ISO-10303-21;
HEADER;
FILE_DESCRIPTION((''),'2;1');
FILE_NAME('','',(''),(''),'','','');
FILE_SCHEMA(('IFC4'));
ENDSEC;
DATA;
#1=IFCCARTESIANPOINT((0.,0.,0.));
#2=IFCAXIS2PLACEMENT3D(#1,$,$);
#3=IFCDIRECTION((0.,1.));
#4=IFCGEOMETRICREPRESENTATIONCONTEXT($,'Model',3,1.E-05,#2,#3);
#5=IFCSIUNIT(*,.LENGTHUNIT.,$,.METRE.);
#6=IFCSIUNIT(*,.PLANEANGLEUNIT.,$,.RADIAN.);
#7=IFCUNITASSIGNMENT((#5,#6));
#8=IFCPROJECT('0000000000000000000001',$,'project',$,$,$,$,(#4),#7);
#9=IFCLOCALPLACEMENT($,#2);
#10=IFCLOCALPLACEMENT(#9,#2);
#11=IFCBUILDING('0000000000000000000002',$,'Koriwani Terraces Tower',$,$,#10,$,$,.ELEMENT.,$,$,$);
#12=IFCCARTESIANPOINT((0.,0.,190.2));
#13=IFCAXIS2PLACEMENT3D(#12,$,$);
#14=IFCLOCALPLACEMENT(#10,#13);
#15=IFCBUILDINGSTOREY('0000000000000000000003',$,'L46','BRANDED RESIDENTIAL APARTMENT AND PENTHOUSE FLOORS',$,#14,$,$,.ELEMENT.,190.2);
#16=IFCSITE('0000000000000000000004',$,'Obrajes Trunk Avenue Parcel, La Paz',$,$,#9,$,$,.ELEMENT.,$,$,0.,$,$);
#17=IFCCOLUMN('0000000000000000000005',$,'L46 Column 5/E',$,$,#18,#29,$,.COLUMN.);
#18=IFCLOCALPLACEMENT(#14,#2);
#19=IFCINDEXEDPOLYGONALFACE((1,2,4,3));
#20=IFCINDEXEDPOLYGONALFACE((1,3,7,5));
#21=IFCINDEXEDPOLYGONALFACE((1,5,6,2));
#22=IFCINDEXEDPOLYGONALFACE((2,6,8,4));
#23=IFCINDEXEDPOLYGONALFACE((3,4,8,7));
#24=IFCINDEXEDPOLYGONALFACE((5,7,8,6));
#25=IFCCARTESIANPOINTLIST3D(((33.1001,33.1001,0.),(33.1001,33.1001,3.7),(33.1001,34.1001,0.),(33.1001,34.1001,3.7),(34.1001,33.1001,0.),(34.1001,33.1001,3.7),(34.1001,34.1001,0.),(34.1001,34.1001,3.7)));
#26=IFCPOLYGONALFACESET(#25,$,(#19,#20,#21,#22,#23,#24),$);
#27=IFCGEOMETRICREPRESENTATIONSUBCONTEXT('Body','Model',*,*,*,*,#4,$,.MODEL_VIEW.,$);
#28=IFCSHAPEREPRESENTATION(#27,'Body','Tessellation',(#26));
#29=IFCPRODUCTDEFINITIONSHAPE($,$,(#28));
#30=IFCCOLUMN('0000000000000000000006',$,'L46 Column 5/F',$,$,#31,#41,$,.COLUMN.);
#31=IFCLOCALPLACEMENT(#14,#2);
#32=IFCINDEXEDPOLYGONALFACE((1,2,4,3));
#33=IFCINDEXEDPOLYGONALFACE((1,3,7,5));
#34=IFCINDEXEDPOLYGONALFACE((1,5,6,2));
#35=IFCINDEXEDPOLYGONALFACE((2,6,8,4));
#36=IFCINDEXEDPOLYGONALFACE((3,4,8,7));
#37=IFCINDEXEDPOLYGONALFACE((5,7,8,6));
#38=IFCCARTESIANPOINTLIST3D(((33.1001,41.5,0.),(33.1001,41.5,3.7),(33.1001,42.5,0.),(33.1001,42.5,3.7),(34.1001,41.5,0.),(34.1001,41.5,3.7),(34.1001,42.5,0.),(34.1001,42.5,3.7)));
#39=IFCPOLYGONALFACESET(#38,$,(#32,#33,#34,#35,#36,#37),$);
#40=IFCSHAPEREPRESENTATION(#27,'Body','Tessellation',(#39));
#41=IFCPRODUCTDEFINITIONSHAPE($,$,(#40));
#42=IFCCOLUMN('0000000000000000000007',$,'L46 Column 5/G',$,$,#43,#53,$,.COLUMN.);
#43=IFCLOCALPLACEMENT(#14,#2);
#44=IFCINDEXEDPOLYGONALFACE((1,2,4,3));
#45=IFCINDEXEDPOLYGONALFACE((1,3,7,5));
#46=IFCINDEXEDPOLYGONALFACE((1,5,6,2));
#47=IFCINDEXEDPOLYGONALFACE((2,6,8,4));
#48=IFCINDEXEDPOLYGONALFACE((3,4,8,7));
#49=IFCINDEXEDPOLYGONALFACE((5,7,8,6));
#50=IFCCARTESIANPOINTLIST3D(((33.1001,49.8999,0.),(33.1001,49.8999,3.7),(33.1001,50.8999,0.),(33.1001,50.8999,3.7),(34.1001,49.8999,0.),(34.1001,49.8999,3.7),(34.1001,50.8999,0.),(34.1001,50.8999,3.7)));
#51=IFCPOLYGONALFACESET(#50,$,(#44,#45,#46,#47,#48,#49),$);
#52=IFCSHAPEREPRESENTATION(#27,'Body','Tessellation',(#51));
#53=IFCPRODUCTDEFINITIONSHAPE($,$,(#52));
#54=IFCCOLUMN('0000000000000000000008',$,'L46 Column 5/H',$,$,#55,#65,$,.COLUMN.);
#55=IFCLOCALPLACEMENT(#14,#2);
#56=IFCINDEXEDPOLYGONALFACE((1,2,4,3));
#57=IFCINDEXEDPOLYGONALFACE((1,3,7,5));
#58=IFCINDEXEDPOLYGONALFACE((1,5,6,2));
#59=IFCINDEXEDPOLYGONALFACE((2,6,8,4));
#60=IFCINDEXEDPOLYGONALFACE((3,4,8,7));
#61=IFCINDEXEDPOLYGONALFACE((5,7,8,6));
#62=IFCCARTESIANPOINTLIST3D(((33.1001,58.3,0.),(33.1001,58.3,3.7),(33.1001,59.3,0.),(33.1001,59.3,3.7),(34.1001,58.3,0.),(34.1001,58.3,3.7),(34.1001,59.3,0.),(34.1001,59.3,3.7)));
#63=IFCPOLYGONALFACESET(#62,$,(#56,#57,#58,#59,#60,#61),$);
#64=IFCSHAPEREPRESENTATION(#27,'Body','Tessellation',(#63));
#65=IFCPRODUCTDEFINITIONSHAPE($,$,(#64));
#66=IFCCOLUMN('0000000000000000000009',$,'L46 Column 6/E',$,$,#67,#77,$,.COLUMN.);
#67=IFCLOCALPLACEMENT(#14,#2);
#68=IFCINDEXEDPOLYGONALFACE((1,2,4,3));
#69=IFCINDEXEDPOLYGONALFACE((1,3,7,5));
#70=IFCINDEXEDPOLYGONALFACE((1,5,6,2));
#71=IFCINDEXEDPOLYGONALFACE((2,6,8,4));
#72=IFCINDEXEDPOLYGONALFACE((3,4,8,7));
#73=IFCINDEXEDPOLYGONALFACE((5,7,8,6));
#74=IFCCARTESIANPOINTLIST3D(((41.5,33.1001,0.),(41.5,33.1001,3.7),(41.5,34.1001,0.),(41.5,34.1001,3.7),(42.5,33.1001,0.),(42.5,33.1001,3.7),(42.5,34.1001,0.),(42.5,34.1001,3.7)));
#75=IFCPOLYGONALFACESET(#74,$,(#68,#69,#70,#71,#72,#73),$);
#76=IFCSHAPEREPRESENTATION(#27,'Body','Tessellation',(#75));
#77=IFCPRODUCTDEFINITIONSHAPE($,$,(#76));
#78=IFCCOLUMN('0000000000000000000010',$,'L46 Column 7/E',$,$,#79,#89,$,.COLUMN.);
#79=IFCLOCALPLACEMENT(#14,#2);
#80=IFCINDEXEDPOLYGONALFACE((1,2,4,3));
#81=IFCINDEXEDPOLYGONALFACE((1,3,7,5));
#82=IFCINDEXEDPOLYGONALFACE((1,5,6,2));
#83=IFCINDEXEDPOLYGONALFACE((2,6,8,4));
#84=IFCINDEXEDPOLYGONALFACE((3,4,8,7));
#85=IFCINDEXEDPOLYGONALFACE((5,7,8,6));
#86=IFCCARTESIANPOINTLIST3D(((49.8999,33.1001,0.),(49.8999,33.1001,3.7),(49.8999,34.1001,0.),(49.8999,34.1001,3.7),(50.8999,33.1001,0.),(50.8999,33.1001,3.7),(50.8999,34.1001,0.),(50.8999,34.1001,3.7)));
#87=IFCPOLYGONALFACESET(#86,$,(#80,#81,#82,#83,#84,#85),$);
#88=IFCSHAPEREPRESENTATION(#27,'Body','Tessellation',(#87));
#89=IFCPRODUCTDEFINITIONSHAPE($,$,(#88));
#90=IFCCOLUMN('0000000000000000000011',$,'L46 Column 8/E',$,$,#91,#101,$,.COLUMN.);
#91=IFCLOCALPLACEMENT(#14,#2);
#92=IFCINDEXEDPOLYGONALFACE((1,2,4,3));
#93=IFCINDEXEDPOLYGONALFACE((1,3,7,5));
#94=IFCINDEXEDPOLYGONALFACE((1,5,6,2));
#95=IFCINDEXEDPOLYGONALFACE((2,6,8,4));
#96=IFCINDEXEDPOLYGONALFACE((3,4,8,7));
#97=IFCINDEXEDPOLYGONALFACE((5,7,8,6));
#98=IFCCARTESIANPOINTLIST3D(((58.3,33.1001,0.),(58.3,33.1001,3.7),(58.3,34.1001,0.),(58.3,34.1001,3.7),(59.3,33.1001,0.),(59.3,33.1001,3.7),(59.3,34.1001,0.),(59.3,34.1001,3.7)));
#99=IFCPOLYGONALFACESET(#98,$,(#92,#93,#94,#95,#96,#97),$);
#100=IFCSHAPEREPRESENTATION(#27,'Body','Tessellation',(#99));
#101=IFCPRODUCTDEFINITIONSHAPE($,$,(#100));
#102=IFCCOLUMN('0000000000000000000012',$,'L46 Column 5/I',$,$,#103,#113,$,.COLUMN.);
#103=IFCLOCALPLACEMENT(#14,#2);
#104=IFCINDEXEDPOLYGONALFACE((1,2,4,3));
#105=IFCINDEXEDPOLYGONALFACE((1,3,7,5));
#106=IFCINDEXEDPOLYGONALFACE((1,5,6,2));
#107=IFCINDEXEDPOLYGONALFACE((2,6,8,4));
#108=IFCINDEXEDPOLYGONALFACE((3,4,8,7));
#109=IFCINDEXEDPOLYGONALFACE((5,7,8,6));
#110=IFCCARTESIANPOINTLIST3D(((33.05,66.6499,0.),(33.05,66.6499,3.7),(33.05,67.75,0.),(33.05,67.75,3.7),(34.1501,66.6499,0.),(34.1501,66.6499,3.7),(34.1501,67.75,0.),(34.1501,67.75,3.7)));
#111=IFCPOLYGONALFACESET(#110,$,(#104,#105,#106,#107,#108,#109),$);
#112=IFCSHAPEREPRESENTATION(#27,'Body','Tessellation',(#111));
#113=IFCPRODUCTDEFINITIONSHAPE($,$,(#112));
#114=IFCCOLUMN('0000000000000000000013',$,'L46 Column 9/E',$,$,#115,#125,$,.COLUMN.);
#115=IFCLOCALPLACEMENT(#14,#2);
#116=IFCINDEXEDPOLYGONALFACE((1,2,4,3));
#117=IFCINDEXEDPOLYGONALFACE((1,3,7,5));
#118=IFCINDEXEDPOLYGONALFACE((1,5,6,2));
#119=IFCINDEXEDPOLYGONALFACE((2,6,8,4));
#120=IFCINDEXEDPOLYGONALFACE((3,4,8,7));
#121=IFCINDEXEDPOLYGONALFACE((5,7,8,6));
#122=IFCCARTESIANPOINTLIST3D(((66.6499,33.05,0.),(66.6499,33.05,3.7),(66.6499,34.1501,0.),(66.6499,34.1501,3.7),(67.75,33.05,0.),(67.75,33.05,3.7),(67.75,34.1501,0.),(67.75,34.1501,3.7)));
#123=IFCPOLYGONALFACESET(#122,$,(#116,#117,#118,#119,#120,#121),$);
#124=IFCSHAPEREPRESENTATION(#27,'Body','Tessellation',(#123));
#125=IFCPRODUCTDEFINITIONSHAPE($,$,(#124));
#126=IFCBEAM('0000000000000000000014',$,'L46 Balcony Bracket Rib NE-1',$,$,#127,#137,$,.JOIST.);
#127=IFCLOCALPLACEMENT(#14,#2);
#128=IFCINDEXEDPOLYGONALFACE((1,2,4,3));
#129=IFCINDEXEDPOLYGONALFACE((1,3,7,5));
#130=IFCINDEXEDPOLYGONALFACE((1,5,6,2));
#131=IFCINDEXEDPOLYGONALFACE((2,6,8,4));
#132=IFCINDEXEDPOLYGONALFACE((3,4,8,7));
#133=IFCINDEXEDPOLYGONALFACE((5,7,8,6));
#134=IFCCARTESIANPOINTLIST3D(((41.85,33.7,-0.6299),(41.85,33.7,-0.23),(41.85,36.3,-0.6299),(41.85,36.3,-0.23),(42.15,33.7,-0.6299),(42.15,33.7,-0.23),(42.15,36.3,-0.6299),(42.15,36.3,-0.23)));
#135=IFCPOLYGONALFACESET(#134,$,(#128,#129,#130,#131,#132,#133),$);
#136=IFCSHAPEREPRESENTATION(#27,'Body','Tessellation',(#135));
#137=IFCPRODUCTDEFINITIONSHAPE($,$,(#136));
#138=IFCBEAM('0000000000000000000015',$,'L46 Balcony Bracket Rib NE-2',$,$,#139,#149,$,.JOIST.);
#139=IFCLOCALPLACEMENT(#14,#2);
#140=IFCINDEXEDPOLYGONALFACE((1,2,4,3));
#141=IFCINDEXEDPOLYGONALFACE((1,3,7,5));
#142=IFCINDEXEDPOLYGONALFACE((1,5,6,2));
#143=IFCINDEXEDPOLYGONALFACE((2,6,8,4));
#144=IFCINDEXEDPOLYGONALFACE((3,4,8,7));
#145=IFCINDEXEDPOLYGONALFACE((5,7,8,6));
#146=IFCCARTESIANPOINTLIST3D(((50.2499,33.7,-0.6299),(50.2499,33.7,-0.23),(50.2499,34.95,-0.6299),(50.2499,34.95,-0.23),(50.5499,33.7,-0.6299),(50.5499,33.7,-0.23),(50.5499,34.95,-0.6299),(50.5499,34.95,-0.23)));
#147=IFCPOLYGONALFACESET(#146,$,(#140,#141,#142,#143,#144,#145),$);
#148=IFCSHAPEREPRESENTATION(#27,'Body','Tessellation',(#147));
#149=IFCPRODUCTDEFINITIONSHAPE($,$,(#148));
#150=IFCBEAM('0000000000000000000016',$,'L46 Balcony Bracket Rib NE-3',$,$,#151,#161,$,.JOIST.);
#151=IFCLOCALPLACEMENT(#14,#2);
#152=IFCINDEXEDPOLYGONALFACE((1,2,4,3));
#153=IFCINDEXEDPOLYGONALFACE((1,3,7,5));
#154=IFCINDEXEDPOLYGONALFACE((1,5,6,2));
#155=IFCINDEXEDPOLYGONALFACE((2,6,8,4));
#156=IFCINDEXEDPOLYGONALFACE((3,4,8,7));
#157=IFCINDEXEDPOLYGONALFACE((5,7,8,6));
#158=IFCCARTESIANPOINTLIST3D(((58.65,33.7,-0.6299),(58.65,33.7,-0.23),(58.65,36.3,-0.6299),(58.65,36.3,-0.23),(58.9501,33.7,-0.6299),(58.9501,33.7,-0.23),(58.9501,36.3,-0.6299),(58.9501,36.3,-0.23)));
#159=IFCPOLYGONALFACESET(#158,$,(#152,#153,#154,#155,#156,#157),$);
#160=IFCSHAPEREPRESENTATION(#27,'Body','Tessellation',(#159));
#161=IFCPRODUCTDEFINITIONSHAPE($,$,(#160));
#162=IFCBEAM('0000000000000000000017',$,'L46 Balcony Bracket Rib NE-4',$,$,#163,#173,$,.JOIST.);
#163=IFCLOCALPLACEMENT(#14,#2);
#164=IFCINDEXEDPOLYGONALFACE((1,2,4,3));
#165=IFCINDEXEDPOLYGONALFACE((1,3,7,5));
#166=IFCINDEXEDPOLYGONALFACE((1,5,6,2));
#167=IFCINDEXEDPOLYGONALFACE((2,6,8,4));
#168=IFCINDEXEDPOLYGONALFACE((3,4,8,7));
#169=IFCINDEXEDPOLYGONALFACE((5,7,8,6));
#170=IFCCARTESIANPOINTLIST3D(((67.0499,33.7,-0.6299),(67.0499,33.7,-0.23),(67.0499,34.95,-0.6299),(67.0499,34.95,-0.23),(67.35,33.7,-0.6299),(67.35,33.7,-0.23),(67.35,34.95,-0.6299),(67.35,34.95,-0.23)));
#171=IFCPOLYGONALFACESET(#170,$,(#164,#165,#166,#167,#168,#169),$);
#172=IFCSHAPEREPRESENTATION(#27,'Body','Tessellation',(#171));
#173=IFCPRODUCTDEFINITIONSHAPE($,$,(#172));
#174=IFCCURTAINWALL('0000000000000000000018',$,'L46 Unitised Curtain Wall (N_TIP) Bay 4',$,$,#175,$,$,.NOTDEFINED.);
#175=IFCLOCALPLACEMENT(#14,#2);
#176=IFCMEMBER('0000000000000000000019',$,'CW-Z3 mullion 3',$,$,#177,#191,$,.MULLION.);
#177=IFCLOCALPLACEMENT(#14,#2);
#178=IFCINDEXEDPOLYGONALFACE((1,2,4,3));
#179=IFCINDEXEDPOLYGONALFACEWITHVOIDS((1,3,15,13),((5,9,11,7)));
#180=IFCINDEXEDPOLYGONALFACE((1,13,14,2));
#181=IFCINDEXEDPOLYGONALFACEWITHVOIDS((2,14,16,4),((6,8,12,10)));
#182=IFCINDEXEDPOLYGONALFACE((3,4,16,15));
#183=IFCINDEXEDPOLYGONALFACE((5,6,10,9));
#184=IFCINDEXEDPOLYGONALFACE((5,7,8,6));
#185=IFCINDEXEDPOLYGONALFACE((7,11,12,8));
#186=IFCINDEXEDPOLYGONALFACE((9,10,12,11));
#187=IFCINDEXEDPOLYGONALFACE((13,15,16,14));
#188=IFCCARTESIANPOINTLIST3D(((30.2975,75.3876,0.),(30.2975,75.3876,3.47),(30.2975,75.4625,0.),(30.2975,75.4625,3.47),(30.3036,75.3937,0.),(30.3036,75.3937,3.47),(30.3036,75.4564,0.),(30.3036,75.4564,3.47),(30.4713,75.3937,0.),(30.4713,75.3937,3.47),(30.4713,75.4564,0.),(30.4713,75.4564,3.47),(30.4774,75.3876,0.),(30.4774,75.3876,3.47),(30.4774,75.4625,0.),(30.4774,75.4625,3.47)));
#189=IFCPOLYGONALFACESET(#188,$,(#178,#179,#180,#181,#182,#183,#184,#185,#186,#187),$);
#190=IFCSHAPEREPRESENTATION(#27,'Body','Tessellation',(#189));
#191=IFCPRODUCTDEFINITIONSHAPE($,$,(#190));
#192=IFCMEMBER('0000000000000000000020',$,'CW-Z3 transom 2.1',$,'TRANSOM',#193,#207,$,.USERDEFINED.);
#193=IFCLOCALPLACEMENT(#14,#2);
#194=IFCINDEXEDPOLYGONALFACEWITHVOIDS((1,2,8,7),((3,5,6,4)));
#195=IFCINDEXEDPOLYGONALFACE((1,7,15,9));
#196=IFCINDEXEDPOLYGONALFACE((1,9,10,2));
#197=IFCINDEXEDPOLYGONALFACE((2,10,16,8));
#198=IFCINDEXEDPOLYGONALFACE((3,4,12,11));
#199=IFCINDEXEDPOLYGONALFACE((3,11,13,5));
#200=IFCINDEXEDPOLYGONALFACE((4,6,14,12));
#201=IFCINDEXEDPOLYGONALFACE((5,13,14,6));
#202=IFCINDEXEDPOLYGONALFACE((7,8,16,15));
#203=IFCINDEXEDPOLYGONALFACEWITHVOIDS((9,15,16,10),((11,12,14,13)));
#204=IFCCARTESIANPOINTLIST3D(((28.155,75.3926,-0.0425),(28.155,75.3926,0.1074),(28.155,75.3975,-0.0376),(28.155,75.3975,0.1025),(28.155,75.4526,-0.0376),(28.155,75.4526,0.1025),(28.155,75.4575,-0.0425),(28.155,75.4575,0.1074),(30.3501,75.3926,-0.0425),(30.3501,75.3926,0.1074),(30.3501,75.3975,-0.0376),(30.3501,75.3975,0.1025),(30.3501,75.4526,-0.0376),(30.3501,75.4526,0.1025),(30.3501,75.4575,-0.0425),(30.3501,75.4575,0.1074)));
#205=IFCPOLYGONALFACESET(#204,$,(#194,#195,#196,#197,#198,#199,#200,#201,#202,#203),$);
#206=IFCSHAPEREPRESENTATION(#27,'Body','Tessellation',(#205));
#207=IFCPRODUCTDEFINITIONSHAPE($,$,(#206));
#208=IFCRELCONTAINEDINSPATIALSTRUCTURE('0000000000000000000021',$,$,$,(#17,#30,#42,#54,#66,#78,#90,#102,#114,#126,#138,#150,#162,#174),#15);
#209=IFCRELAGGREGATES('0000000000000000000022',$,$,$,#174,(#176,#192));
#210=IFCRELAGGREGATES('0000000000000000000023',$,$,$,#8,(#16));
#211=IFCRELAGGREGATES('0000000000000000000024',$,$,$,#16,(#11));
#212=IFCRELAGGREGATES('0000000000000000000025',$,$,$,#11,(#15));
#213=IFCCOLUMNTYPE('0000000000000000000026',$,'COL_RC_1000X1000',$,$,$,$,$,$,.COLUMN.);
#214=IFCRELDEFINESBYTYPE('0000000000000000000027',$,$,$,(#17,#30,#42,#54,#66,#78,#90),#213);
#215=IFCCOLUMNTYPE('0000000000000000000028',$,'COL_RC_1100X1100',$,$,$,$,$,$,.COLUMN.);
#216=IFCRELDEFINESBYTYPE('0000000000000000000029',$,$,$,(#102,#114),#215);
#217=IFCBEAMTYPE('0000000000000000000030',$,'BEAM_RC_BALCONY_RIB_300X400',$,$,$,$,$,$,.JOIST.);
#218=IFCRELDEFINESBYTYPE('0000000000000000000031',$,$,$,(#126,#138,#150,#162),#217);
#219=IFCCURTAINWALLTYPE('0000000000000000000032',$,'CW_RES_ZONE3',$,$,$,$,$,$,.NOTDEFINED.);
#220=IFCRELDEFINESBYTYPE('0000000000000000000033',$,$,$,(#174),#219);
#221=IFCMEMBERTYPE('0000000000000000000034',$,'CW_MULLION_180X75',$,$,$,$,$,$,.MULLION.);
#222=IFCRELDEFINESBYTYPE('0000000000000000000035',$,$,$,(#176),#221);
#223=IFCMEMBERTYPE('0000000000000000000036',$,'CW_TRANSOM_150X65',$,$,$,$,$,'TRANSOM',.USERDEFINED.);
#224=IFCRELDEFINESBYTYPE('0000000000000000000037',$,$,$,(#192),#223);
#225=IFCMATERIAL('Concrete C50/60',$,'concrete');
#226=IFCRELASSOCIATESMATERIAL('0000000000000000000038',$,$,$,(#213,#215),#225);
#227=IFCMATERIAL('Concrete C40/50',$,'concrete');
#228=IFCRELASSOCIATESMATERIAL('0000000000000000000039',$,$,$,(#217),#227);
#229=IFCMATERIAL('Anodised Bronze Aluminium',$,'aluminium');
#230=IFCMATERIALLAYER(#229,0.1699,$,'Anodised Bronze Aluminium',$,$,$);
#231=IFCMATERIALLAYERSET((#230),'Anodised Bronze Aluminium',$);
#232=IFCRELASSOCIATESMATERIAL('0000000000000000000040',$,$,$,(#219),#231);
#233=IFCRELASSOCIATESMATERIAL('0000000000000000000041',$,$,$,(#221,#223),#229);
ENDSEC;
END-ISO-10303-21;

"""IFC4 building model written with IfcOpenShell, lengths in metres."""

from ifc_helpers import new_model, si_unit, direction, frame, origin, origin_2d, place, context, subcontext, project, spatial, rectangle, hollow_rectangle, extrude, material, layer, layer_set, material_profile, profile_set, type_object, element, aggregate, save


model = new_model("IFC4")

# Units and contexts
model_context = context("Model", 3, precision=1e-05, world=origin(), true_north=direction((0.0, 1.0)))
body_context = subcontext(model_context, "Body", "Model", "MODEL_VIEW")
ifc_project = project(units=[si_unit("LENGTHUNIT", "METRE"), si_unit("PLANEANGLEUNIT", "RADIAN")], contexts=[model_context])

# Site, building, storey
site_placement = place(None, origin())
site = spatial("IfcSite", under=ifc_project, at=site_placement, Name="Obrajes Trunk Avenue Parcel, La Paz", CompositionType="ELEMENT", RefElevation=0.0)
building_placement = place(site_placement, origin())
building = spatial("IfcBuilding", under=site, at=building_placement, Name="Koriwani Terraces Tower", CompositionType="ELEMENT")
storey_placement = place(building_placement, frame((0.0, 0.0, 190.2)))
storey = spatial("IfcBuildingStorey", under=building, at=storey_placement, Name="L46", Description="BRANDED RESIDENTIAL APARTMENT AND PENTHOUSE FLOORS", CompositionType="ELEMENT", Elevation=190.2)

# Columns
ifc_material_1 = material(Name="Concrete C50/60", Category="concrete")
ifc_material_profile_1 = material_profile(ifc_material_1, rectangle(XDim=1.0, YDim=1.0, at=origin_2d()), Name="Concrete C50/60", Category="LoadBearing")
ifc_profile_set_1 = profile_set([ifc_material_profile_1], Name="Concrete C50/60")
column_type_1 = type_object("IfcColumnType", Name="COL_RC_1000X1000", PredefinedType="COLUMN", material=ifc_profile_set_1)
for number, where, z_axis, x_axis, name in (
    (1, (33.6001, 33.6001, 0.0), (0.0, 0.0, 1.0), (1.0, 0.0, 0.0), "L46 Column 5/E"),
    (2, (33.6001, 42.0, 0.0), (0.0, 0.0, 1.0), (1.0, 0.0, 0.0), "L46 Column 5/F"),
    (3, (33.6001, 50.3999, 0.0), (0.0, 0.0, 1.0), (1.0, 0.0, 0.0), "L46 Column 5/G"),
    (4, (33.6001, 58.8, 0.0), (0.0, 0.0, 1.0), (1.0, 0.0, 0.0), "L46 Column 5/H"),
    (5, (42.0, 33.6001, 0.0), (0.0, 0.0, 1.0), (1.0, 0.0, 0.0), "L46 Column 6/E"),
    (6, (50.3999, 33.6001, 0.0), (0.0, 0.0, 1.0), (1.0, 0.0, 0.0), "L46 Column 7/E"),
    (7, (58.8, 33.6001, 0.0), (0.0, 0.0, 1.0), (1.0, 0.0, 0.0), "L46 Column 8/E"),
):
    element("IfcColumn", number, at=place(storey_placement, frame(where, z_axis=z_axis, x_axis=x_axis)), inside=storey, type_object=column_type_1, Name=name, PredefinedType="COLUMN", context=body_context, shape_type="SweptSolid", body=[
        extrude(rectangle(XDim=1.0, YDim=1.0, at=origin_2d()), origin(), (0.0, 0.0, 1.0), 3.7),
    ])
ifc_material_profile_2 = material_profile(ifc_material_1, rectangle(XDim=1.1001, YDim=1.1001, at=origin_2d()), Name="Concrete C50/60", Category="LoadBearing")
ifc_profile_set_2 = profile_set([ifc_material_profile_2], Name="Concrete C50/60")
column_type_2 = type_object("IfcColumnType", Name="COL_RC_1100X1100", PredefinedType="COLUMN", material=ifc_profile_set_2)
for number, where, z_axis, x_axis, name in (
    (8, (33.6001, 67.2, 0.0), (0.0, 0.0, 1.0), (1.0, 0.0, 0.0), "L46 Column 5/I"),
    (9, (67.2, 33.6001, 0.0), (0.0, 0.0, 1.0), (1.0, 0.0, 0.0), "L46 Column 9/E"),
):
    element("IfcColumn", number, at=place(storey_placement, frame(where, z_axis=z_axis, x_axis=x_axis)), inside=storey, type_object=column_type_2, Name=name, PredefinedType="COLUMN", context=body_context, shape_type="SweptSolid", body=[
        extrude(rectangle(XDim=1.1001, YDim=1.1001, at=origin_2d()), origin(), (0.0, 0.0, 1.0), 3.7),
    ])

# Beams
ifc_material_2 = material(Name="Concrete C40/50", Category="concrete")
ifc_material_profile_3 = material_profile(ifc_material_2, rectangle(XDim=0.3, YDim=0.3999, at=origin_2d()), Name="Concrete C40/50", Category="LoadBearing")
ifc_profile_set_3 = profile_set([ifc_material_profile_3], Name="Concrete C40/50")
beam_type = type_object("IfcBeamType", Name="BEAM_RC_BALCONY_RIB_300X400", PredefinedType="JOIST", material=ifc_profile_set_3)
beam_1_placement = place(storey_placement, frame((42.0, 33.7, -0.4299), z_axis=(0.0, 1.0, 0.0), x_axis=(-1.0, 0.0, 0.0)))
element("IfcBeam", 10, at=beam_1_placement, inside=storey, type_object=beam_type, Name="L46 Balcony Bracket Rib NE-1", PredefinedType="JOIST", context=body_context, shape_type="SweptSolid", body=[
    extrude(rectangle(XDim=0.3, YDim=0.3999, at=origin_2d()), origin(), (0.0, 0.0, 1.0), 2.6001),
])
beam_2_placement = place(storey_placement, frame((50.3999, 33.7, -0.4299), z_axis=(0.0, 1.0, 0.0), x_axis=(-1.0, 0.0, 0.0)))
element("IfcBeam", 11, at=beam_2_placement, inside=storey, type_object=beam_type, Name="L46 Balcony Bracket Rib NE-2", PredefinedType="JOIST", context=body_context, shape_type="SweptSolid", body=[
    extrude(rectangle(XDim=0.3, YDim=0.3999, at=origin_2d()), origin(), (0.0, 0.0, 1.0), 1.25),
])
beam_3_placement = place(storey_placement, frame((58.8, 33.7, -0.4299), z_axis=(0.0, 1.0, 0.0), x_axis=(-1.0, 0.0, 0.0)))
element("IfcBeam", 12, at=beam_3_placement, inside=storey, type_object=beam_type, Name="L46 Balcony Bracket Rib NE-3", PredefinedType="JOIST", context=body_context, shape_type="SweptSolid", body=[
    extrude(rectangle(XDim=0.3, YDim=0.3999, at=origin_2d()), origin(), (0.0, 0.0, 1.0), 2.6001),
])
beam_4_placement = place(storey_placement, frame((67.2, 33.7, -0.4299), z_axis=(0.0, 1.0, 0.0), x_axis=(-1.0, 0.0, 0.0)))
element("IfcBeam", 13, at=beam_4_placement, inside=storey, type_object=beam_type, Name="L46 Balcony Bracket Rib NE-4", PredefinedType="JOIST", context=body_context, shape_type="SweptSolid", body=[
    extrude(rectangle(XDim=0.3, YDim=0.3999, at=origin_2d()), origin(), (0.0, 0.0, 1.0), 1.25),
])

# Curtain wall, members
ifc_material_3 = material(Name="Anodised Bronze Aluminium", Category="aluminium")
ifc_layer_1 = layer(ifc_material_3, 0.1699, Name="Anodised Bronze Aluminium")
ifc_layer_set_1 = layer_set([ifc_layer_1], Name="Anodised Bronze Aluminium")
curtain_wall_type = type_object("IfcCurtainWallType", Name="CW_RES_ZONE3", PredefinedType="NOTDEFINED", material=ifc_layer_set_1)
curtain_wall_placement = place(storey_placement, origin())
curtain_wall = element("IfcCurtainWall", 14, at=curtain_wall_placement, inside=storey, type_object=curtain_wall_type, Name="L46 Unitised Curtain Wall (N_TIP) Bay 4", PredefinedType="NOTDEFINED")
ifc_material_profile_4 = material_profile(ifc_material_3, hollow_rectangle(XDim=0.075, YDim=0.1799, WallThickness=0.0061, at=origin_2d()), Name="Anodised Bronze Aluminium", Category="LoadBearing")
ifc_profile_set_4 = profile_set([ifc_material_profile_4], Name="Anodised Bronze Aluminium")
member_type_1 = type_object("IfcMemberType", Name="CW_MULLION_180X75", PredefinedType="MULLION", material=ifc_profile_set_4)
member_1_placement = place(storey_placement, frame((30.3875, 75.425, 0.0), z_axis=(0.0, 0.0, 1.0), x_axis=(0.0, 1.0, 0.0)))
member_1 = element("IfcMember", 15, at=member_1_placement, type_object=member_type_1, Name="CW-Z3 mullion 3", PredefinedType="MULLION", context=body_context, shape_type="SweptSolid", body=[
    extrude(hollow_rectangle(XDim=0.075, YDim=0.1799, WallThickness=0.0061, at=origin_2d()), origin(), (0.0, 0.0, 1.0), 3.47),
])
ifc_material_profile_5 = material_profile(ifc_material_3, hollow_rectangle(XDim=0.0649, YDim=0.1499, WallThickness=0.0049, at=origin_2d()), Name="Anodised Bronze Aluminium", Category="LoadBearing")
ifc_profile_set_5 = profile_set([ifc_material_profile_5], Name="Anodised Bronze Aluminium")
member_type_2 = type_object("IfcMemberType", Name="CW_TRANSOM_150X65", ElementType="TRANSOM", PredefinedType="USERDEFINED", material=ifc_profile_set_5)
member_2_placement = place(storey_placement, frame((28.155, 75.425, 0.0325), z_axis=(1.0, 0.0, 0.0), x_axis=(0.0, 1.0, 0.0)))
member_2 = element("IfcMember", 16, at=member_2_placement, type_object=member_type_2, Name="CW-Z3 transom 2.1", ObjectType="TRANSOM", PredefinedType="USERDEFINED", context=body_context, shape_type="SweptSolid", body=[
    extrude(hollow_rectangle(XDim=0.0649, YDim=0.1499, WallThickness=0.0049, at=origin_2d()), origin(), (0.0, 0.0, 1.0), 2.1951),
])
aggregate(curtain_wall, [member_1, member_2])

save(model, "model.ifc")
